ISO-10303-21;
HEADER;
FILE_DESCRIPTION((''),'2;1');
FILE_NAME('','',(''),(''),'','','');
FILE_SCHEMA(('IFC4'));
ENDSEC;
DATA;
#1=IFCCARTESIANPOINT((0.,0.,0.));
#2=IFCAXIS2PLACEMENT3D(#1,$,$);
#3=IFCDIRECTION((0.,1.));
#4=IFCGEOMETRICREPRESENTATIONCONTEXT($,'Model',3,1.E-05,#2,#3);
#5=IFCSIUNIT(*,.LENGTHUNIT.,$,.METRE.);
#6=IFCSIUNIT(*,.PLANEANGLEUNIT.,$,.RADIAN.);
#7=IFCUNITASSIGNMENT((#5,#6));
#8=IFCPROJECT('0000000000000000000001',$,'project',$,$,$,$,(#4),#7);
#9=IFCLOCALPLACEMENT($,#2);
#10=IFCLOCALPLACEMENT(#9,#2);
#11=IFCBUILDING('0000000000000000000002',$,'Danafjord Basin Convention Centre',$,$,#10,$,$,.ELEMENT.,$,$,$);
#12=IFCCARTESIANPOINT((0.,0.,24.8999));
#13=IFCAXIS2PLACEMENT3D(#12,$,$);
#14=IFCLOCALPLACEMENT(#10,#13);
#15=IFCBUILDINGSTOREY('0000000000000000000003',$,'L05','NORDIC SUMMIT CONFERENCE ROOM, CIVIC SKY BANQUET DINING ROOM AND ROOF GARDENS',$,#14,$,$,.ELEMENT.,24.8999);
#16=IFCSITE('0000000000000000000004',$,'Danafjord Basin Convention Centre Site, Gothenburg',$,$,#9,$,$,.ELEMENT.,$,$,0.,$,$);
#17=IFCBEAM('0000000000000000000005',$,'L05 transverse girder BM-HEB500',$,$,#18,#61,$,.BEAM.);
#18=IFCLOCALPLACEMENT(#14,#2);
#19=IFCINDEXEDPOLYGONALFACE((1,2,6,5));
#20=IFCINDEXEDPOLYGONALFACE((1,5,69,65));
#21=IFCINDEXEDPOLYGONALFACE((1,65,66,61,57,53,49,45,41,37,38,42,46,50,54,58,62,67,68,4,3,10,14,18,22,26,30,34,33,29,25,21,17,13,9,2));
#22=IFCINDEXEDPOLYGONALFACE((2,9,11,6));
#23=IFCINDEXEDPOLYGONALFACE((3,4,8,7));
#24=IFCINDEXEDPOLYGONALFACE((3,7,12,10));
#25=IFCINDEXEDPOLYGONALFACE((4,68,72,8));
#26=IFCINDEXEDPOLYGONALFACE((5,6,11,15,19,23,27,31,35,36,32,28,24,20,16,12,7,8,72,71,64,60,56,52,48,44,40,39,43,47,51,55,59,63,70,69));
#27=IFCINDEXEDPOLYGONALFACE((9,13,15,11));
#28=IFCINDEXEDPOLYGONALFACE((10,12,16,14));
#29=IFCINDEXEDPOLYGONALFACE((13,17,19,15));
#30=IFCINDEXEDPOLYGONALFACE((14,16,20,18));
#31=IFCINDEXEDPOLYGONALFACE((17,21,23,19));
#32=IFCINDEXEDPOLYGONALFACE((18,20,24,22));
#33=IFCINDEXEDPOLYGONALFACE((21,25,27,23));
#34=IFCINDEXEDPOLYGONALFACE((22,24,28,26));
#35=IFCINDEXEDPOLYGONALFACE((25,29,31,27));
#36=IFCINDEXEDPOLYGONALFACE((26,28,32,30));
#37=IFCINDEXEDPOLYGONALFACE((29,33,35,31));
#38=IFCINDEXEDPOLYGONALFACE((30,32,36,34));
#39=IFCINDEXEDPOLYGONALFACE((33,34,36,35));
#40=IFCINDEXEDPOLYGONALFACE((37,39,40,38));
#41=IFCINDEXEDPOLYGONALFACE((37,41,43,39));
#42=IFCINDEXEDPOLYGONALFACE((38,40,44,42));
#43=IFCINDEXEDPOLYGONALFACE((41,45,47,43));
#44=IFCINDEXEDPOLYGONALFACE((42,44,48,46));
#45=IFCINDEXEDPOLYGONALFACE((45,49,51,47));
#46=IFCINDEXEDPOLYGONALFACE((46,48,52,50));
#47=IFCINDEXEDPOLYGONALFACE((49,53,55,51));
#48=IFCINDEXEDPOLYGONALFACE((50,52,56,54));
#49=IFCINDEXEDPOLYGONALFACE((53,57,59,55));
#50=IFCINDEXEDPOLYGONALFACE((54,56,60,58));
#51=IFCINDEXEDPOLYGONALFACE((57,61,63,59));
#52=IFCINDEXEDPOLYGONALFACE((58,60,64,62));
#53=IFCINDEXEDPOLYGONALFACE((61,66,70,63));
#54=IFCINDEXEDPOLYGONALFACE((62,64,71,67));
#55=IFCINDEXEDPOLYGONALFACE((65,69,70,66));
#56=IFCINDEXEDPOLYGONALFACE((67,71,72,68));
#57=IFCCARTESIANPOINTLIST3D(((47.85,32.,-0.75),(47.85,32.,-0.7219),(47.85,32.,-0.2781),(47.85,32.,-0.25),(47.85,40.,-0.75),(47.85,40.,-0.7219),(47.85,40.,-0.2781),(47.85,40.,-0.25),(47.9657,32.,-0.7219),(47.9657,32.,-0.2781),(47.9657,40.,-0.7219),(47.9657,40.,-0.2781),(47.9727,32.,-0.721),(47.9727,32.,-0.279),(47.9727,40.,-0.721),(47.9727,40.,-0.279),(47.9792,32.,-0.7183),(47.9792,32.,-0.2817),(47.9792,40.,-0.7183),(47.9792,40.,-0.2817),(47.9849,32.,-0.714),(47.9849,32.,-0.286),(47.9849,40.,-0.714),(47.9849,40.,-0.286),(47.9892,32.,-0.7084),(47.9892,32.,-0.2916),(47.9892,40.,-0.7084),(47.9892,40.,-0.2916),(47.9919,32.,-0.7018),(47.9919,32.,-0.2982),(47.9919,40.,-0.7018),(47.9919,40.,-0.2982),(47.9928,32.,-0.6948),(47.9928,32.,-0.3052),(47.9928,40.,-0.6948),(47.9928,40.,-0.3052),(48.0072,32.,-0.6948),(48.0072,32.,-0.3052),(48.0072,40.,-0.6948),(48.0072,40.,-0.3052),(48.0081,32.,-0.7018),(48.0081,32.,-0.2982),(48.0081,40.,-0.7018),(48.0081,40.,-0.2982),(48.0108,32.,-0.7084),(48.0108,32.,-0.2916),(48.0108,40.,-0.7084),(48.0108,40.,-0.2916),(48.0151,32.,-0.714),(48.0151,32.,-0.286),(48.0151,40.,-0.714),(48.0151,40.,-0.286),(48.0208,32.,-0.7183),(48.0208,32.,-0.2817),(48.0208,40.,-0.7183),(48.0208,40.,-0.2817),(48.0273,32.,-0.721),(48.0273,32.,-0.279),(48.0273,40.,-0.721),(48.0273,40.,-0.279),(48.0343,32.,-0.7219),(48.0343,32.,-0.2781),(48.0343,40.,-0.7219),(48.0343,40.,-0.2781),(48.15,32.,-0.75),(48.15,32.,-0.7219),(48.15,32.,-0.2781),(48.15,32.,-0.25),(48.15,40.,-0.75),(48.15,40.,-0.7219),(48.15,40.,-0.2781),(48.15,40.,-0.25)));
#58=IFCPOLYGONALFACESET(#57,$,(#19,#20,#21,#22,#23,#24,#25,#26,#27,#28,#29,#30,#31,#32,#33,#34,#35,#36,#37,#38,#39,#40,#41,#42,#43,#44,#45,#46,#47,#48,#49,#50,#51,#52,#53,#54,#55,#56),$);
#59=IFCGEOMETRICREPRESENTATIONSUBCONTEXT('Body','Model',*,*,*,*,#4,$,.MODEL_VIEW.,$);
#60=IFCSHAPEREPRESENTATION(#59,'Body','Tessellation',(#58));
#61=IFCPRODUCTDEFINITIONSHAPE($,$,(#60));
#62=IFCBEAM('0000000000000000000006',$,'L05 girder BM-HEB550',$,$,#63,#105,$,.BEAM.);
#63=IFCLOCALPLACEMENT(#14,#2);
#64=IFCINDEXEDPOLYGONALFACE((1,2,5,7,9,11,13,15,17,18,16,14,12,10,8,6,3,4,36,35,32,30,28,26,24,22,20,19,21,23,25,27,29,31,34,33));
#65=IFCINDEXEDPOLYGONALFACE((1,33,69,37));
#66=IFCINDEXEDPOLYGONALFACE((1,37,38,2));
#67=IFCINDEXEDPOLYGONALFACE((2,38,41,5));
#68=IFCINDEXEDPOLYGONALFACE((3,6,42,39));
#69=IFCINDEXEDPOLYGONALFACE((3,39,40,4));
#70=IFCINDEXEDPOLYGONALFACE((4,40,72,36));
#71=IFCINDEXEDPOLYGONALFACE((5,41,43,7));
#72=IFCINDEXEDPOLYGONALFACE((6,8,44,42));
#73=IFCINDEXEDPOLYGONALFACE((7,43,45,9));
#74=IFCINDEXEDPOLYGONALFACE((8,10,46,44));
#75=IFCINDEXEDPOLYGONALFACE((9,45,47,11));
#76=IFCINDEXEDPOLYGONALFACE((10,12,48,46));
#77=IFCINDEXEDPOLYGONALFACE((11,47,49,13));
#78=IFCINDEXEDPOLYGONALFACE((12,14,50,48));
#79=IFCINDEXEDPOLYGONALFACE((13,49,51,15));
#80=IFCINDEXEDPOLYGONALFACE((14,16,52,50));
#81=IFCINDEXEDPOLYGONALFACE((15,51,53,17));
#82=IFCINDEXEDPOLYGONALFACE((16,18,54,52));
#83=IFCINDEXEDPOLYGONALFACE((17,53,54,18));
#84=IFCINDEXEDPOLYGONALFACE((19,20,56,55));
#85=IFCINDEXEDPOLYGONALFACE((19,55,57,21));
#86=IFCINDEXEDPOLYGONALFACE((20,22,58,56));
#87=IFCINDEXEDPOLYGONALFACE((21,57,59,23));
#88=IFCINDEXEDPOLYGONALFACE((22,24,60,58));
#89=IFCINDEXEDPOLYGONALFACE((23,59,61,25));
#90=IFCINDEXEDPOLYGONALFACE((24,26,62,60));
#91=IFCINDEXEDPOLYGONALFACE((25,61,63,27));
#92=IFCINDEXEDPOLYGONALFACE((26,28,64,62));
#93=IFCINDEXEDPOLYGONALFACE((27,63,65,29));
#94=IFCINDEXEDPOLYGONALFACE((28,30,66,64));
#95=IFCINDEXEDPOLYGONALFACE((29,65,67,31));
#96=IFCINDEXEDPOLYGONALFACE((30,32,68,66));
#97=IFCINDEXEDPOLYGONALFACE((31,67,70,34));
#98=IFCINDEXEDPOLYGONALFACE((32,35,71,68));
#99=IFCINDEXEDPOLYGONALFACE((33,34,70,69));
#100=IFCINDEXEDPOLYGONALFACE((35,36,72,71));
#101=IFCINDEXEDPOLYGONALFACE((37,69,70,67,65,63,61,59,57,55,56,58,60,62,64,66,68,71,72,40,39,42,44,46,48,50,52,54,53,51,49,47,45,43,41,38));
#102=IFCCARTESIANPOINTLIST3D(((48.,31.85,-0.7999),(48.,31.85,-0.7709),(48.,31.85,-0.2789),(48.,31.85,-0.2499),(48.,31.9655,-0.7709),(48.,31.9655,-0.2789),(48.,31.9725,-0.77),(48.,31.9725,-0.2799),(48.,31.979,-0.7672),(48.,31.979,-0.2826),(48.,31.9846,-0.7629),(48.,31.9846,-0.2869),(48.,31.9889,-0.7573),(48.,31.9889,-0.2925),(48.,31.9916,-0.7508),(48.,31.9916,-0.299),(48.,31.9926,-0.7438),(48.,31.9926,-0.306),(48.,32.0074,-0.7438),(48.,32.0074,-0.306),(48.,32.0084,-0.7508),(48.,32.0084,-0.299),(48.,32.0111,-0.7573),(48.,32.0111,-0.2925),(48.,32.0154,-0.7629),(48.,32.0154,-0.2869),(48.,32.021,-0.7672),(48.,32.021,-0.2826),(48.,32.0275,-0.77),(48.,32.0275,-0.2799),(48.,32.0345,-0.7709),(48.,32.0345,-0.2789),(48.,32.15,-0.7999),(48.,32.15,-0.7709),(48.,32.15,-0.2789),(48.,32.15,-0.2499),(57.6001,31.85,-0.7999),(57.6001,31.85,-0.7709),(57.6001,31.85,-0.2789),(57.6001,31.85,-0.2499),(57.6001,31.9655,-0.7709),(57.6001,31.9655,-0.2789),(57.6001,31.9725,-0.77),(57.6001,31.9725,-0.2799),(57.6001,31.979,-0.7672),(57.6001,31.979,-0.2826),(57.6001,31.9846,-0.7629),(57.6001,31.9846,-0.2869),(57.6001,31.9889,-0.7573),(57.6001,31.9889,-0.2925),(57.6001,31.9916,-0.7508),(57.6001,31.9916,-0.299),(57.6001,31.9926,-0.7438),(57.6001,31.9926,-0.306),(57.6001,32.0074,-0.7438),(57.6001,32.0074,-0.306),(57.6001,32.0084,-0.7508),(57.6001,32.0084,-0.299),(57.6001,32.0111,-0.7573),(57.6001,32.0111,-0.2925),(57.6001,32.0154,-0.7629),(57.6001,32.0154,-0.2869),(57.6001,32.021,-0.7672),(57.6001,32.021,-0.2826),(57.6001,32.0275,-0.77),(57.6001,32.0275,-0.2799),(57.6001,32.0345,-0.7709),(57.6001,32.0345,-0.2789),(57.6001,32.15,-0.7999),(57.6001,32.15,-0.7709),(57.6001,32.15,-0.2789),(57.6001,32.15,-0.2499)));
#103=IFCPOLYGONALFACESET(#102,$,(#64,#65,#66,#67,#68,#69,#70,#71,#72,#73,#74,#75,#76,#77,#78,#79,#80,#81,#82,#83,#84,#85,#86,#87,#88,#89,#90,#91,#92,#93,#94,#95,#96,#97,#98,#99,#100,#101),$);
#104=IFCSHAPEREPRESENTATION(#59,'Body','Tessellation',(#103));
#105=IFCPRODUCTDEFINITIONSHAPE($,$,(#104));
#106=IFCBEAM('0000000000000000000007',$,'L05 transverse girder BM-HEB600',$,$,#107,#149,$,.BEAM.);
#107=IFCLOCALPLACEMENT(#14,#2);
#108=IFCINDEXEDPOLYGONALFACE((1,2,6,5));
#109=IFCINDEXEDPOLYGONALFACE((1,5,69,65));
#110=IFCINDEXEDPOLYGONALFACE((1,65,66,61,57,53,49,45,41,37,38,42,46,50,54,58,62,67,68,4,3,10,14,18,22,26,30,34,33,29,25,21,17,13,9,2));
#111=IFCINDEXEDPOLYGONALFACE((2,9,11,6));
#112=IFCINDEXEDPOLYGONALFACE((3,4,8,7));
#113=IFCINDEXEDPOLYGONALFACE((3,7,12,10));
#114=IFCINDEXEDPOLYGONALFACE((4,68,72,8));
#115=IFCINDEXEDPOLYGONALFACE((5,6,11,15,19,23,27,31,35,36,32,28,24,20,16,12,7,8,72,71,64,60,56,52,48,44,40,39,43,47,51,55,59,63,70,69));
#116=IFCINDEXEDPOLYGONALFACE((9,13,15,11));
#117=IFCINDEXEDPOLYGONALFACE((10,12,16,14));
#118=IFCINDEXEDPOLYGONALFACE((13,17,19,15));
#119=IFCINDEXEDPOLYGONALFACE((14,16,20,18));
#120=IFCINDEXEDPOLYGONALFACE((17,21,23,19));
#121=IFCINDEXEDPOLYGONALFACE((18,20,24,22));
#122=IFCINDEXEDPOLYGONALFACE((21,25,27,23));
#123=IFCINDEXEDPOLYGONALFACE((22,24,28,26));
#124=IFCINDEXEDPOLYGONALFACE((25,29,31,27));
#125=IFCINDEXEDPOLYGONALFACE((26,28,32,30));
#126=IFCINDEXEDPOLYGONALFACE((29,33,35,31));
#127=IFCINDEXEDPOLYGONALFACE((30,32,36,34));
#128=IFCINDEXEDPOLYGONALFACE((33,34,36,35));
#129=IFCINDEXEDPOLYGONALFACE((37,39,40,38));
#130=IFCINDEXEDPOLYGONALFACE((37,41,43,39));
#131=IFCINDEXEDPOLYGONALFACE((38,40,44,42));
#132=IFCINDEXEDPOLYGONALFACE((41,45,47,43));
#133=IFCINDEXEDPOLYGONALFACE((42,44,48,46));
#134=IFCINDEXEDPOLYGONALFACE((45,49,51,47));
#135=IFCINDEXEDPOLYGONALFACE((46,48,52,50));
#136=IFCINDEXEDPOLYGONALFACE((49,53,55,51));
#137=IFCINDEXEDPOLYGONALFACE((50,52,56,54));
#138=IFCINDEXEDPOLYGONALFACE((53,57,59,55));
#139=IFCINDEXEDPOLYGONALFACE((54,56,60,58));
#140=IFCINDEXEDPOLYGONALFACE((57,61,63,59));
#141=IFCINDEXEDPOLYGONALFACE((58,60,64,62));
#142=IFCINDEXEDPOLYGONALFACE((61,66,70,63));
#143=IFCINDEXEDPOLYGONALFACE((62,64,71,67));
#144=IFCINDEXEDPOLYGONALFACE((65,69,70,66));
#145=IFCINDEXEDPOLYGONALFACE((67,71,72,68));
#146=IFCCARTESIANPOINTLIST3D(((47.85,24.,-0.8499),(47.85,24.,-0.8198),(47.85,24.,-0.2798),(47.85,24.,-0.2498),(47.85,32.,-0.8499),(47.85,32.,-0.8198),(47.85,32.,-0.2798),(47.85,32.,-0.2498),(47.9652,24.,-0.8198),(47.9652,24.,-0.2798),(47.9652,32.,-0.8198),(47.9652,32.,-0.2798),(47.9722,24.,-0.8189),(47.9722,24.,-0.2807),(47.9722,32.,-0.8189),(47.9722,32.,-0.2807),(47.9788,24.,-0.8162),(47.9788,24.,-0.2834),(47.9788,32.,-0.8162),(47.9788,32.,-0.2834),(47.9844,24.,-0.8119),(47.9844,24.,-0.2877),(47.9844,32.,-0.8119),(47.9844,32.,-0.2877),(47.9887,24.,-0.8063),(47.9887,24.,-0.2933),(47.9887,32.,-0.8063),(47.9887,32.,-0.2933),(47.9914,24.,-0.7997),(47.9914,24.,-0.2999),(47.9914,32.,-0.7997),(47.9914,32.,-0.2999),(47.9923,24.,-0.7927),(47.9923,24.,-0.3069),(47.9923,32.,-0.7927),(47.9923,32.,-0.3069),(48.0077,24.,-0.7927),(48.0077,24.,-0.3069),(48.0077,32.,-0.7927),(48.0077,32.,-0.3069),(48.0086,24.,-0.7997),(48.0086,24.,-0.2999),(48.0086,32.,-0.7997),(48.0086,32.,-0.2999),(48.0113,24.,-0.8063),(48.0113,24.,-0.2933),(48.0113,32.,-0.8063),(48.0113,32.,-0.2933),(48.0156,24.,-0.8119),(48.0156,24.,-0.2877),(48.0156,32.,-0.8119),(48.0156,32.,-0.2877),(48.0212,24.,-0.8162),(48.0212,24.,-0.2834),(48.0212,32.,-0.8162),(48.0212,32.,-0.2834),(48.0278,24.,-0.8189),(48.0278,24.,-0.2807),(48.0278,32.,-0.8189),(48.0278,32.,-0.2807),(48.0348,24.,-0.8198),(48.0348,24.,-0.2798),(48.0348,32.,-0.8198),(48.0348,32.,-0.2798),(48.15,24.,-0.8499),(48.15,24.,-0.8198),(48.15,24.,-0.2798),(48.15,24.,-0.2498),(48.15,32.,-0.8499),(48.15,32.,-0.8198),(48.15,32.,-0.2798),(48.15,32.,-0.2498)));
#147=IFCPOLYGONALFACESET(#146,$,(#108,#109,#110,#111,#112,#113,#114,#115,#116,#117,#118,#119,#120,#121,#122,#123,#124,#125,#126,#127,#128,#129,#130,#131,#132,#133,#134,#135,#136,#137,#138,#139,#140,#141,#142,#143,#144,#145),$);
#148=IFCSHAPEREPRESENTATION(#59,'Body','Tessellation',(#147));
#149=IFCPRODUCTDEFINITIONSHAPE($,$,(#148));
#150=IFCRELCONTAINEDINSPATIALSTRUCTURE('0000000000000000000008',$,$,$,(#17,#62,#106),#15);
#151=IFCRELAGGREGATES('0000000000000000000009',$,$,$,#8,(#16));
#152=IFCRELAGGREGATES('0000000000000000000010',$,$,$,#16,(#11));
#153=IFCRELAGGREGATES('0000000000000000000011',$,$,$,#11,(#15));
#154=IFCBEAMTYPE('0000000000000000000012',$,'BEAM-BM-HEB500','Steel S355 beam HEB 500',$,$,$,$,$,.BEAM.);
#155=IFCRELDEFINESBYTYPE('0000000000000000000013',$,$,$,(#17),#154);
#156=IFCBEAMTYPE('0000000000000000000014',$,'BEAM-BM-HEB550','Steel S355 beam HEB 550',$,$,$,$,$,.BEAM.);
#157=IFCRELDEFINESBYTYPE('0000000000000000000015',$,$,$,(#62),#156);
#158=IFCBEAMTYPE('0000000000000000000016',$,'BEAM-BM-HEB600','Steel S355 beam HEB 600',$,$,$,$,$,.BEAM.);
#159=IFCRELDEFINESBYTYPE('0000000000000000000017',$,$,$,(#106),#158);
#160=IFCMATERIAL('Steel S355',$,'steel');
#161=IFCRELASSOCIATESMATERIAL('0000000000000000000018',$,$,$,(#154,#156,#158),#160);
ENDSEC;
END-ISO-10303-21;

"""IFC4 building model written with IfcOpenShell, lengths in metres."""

from ifc_helpers import new_model, si_unit, direction, frame, origin, origin_2d, place, context, subcontext, project, spatial, i_section, extrude, material, material_profile, profile_set, type_object, element, save


model = new_model("IFC4")

# Units and contexts
model_context = context("Model", 3, precision=1e-05, world=origin(), true_north=direction((0.0, 1.0)))
body_context = subcontext(model_context, "Body", "Model", "MODEL_VIEW")
ifc_project = project(units=[si_unit("LENGTHUNIT", "METRE"), si_unit("PLANEANGLEUNIT", "RADIAN")], contexts=[model_context])

# Site, building, storey
site_placement = place(None, origin())
site = spatial("IfcSite", under=ifc_project, at=site_placement, Name="Danafjord Basin Convention Centre Site, Gothenburg", CompositionType="ELEMENT", RefElevation=0.0)
building_placement = place(site_placement, origin())
building = spatial("IfcBuilding", under=site, at=building_placement, Name="Danafjord Basin Convention Centre", CompositionType="ELEMENT")
storey_placement = place(building_placement, frame((0.0, 0.0, 24.8999)))
storey = spatial("IfcBuildingStorey", under=building, at=storey_placement, Name="L05", Description="NORDIC SUMMIT CONFERENCE ROOM, CIVIC SKY BANQUET DINING ROOM AND ROOF GARDENS", CompositionType="ELEMENT", Elevation=24.8999)

# Shared definitions
ifc_material_1 = material(Name="Steel S355", Category="steel")

# Beams
ifc_material_profile_1 = material_profile(ifc_material_1, i_section(OverallWidth=0.3, OverallDepth=0.5, WebThickness=0.0144, FlangeThickness=0.0281, FilletRadius=0.0271, at=origin_2d()), Name="HEB 500")
ifc_profile_set_1 = profile_set([ifc_material_profile_1], Name="Steel S355")
beam_type_1 = type_object("IfcBeamType", Name="BEAM-BM-HEB500", Description="Steel S355 beam HEB 500", PredefinedType="BEAM", material=ifc_profile_set_1)
beam_1_placement = place(storey_placement, frame((48.0, 32.0, -0.5), z_axis=(0.0, 1.0, 0.0), x_axis=(-1.0, 0.0, 0.0)))
element("IfcBeam", 1, at=beam_1_placement, inside=storey, type_object=beam_type_1, Name="L05 transverse girder BM-HEB500", PredefinedType="BEAM", context=body_context, shape_type="SweptSolid", body=[
    extrude(i_section(OverallWidth=0.3, OverallDepth=0.5, WebThickness=0.0144, FlangeThickness=0.0281, FilletRadius=0.0271, at=origin_2d()), origin(), (0.0, 0.0, 1.0), 8.0),
])
ifc_material_profile_2 = material_profile(ifc_material_1, i_section(OverallWidth=0.3, OverallDepth=0.55, WebThickness=0.0149, FlangeThickness=0.0291, FilletRadius=0.0271, at=origin_2d()), Name="HEB 550")
ifc_profile_set_2 = profile_set([ifc_material_profile_2], Name="Steel S355")
beam_type_2 = type_object("IfcBeamType", Name="BEAM-BM-HEB550", Description="Steel S355 beam HEB 550", PredefinedType="BEAM", material=ifc_profile_set_2)
beam_2_placement = place(storey_placement, frame((48.0, 32.0, -0.5249), z_axis=(1.0, 0.0, 0.0), x_axis=(0.0, 1.0, 0.0)))
element("IfcBeam", 2, at=beam_2_placement, inside=storey, type_object=beam_type_2, Name="L05 girder BM-HEB550", PredefinedType="BEAM", context=body_context, shape_type="SweptSolid", body=[
    extrude(i_section(OverallWidth=0.3, OverallDepth=0.55, WebThickness=0.0149, FlangeThickness=0.0291, FilletRadius=0.0271, at=origin_2d()), origin(), (0.0, 0.0, 1.0), 9.6001),
])
ifc_material_profile_3 = material_profile(ifc_material_1, i_section(OverallWidth=0.3, OverallDepth=0.6001, WebThickness=0.0154, FlangeThickness=0.03, FilletRadius=0.0271, at=origin_2d()), Name="HEB 600")
ifc_profile_set_3 = profile_set([ifc_material_profile_3], Name="Steel S355")
beam_type_3 = type_object("IfcBeamType", Name="BEAM-BM-HEB600", Description="Steel S355 beam HEB 600", PredefinedType="BEAM", material=ifc_profile_set_3)
beam_3_placement = place(storey_placement, frame((48.0, 24.0, -0.5498), z_axis=(0.0, 1.0, 0.0), x_axis=(-1.0, 0.0, 0.0)))
element("IfcBeam", 3, at=beam_3_placement, inside=storey, type_object=beam_type_3, Name="L05 transverse girder BM-HEB600", PredefinedType="BEAM", context=body_context, shape_type="SweptSolid", body=[
    extrude(i_section(OverallWidth=0.3, OverallDepth=0.6001, WebThickness=0.0154, FlangeThickness=0.03, FilletRadius=0.0271, at=origin_2d()), origin(), (0.0, 0.0, 1.0), 8.0),
])

save(model, "model.ifc")
